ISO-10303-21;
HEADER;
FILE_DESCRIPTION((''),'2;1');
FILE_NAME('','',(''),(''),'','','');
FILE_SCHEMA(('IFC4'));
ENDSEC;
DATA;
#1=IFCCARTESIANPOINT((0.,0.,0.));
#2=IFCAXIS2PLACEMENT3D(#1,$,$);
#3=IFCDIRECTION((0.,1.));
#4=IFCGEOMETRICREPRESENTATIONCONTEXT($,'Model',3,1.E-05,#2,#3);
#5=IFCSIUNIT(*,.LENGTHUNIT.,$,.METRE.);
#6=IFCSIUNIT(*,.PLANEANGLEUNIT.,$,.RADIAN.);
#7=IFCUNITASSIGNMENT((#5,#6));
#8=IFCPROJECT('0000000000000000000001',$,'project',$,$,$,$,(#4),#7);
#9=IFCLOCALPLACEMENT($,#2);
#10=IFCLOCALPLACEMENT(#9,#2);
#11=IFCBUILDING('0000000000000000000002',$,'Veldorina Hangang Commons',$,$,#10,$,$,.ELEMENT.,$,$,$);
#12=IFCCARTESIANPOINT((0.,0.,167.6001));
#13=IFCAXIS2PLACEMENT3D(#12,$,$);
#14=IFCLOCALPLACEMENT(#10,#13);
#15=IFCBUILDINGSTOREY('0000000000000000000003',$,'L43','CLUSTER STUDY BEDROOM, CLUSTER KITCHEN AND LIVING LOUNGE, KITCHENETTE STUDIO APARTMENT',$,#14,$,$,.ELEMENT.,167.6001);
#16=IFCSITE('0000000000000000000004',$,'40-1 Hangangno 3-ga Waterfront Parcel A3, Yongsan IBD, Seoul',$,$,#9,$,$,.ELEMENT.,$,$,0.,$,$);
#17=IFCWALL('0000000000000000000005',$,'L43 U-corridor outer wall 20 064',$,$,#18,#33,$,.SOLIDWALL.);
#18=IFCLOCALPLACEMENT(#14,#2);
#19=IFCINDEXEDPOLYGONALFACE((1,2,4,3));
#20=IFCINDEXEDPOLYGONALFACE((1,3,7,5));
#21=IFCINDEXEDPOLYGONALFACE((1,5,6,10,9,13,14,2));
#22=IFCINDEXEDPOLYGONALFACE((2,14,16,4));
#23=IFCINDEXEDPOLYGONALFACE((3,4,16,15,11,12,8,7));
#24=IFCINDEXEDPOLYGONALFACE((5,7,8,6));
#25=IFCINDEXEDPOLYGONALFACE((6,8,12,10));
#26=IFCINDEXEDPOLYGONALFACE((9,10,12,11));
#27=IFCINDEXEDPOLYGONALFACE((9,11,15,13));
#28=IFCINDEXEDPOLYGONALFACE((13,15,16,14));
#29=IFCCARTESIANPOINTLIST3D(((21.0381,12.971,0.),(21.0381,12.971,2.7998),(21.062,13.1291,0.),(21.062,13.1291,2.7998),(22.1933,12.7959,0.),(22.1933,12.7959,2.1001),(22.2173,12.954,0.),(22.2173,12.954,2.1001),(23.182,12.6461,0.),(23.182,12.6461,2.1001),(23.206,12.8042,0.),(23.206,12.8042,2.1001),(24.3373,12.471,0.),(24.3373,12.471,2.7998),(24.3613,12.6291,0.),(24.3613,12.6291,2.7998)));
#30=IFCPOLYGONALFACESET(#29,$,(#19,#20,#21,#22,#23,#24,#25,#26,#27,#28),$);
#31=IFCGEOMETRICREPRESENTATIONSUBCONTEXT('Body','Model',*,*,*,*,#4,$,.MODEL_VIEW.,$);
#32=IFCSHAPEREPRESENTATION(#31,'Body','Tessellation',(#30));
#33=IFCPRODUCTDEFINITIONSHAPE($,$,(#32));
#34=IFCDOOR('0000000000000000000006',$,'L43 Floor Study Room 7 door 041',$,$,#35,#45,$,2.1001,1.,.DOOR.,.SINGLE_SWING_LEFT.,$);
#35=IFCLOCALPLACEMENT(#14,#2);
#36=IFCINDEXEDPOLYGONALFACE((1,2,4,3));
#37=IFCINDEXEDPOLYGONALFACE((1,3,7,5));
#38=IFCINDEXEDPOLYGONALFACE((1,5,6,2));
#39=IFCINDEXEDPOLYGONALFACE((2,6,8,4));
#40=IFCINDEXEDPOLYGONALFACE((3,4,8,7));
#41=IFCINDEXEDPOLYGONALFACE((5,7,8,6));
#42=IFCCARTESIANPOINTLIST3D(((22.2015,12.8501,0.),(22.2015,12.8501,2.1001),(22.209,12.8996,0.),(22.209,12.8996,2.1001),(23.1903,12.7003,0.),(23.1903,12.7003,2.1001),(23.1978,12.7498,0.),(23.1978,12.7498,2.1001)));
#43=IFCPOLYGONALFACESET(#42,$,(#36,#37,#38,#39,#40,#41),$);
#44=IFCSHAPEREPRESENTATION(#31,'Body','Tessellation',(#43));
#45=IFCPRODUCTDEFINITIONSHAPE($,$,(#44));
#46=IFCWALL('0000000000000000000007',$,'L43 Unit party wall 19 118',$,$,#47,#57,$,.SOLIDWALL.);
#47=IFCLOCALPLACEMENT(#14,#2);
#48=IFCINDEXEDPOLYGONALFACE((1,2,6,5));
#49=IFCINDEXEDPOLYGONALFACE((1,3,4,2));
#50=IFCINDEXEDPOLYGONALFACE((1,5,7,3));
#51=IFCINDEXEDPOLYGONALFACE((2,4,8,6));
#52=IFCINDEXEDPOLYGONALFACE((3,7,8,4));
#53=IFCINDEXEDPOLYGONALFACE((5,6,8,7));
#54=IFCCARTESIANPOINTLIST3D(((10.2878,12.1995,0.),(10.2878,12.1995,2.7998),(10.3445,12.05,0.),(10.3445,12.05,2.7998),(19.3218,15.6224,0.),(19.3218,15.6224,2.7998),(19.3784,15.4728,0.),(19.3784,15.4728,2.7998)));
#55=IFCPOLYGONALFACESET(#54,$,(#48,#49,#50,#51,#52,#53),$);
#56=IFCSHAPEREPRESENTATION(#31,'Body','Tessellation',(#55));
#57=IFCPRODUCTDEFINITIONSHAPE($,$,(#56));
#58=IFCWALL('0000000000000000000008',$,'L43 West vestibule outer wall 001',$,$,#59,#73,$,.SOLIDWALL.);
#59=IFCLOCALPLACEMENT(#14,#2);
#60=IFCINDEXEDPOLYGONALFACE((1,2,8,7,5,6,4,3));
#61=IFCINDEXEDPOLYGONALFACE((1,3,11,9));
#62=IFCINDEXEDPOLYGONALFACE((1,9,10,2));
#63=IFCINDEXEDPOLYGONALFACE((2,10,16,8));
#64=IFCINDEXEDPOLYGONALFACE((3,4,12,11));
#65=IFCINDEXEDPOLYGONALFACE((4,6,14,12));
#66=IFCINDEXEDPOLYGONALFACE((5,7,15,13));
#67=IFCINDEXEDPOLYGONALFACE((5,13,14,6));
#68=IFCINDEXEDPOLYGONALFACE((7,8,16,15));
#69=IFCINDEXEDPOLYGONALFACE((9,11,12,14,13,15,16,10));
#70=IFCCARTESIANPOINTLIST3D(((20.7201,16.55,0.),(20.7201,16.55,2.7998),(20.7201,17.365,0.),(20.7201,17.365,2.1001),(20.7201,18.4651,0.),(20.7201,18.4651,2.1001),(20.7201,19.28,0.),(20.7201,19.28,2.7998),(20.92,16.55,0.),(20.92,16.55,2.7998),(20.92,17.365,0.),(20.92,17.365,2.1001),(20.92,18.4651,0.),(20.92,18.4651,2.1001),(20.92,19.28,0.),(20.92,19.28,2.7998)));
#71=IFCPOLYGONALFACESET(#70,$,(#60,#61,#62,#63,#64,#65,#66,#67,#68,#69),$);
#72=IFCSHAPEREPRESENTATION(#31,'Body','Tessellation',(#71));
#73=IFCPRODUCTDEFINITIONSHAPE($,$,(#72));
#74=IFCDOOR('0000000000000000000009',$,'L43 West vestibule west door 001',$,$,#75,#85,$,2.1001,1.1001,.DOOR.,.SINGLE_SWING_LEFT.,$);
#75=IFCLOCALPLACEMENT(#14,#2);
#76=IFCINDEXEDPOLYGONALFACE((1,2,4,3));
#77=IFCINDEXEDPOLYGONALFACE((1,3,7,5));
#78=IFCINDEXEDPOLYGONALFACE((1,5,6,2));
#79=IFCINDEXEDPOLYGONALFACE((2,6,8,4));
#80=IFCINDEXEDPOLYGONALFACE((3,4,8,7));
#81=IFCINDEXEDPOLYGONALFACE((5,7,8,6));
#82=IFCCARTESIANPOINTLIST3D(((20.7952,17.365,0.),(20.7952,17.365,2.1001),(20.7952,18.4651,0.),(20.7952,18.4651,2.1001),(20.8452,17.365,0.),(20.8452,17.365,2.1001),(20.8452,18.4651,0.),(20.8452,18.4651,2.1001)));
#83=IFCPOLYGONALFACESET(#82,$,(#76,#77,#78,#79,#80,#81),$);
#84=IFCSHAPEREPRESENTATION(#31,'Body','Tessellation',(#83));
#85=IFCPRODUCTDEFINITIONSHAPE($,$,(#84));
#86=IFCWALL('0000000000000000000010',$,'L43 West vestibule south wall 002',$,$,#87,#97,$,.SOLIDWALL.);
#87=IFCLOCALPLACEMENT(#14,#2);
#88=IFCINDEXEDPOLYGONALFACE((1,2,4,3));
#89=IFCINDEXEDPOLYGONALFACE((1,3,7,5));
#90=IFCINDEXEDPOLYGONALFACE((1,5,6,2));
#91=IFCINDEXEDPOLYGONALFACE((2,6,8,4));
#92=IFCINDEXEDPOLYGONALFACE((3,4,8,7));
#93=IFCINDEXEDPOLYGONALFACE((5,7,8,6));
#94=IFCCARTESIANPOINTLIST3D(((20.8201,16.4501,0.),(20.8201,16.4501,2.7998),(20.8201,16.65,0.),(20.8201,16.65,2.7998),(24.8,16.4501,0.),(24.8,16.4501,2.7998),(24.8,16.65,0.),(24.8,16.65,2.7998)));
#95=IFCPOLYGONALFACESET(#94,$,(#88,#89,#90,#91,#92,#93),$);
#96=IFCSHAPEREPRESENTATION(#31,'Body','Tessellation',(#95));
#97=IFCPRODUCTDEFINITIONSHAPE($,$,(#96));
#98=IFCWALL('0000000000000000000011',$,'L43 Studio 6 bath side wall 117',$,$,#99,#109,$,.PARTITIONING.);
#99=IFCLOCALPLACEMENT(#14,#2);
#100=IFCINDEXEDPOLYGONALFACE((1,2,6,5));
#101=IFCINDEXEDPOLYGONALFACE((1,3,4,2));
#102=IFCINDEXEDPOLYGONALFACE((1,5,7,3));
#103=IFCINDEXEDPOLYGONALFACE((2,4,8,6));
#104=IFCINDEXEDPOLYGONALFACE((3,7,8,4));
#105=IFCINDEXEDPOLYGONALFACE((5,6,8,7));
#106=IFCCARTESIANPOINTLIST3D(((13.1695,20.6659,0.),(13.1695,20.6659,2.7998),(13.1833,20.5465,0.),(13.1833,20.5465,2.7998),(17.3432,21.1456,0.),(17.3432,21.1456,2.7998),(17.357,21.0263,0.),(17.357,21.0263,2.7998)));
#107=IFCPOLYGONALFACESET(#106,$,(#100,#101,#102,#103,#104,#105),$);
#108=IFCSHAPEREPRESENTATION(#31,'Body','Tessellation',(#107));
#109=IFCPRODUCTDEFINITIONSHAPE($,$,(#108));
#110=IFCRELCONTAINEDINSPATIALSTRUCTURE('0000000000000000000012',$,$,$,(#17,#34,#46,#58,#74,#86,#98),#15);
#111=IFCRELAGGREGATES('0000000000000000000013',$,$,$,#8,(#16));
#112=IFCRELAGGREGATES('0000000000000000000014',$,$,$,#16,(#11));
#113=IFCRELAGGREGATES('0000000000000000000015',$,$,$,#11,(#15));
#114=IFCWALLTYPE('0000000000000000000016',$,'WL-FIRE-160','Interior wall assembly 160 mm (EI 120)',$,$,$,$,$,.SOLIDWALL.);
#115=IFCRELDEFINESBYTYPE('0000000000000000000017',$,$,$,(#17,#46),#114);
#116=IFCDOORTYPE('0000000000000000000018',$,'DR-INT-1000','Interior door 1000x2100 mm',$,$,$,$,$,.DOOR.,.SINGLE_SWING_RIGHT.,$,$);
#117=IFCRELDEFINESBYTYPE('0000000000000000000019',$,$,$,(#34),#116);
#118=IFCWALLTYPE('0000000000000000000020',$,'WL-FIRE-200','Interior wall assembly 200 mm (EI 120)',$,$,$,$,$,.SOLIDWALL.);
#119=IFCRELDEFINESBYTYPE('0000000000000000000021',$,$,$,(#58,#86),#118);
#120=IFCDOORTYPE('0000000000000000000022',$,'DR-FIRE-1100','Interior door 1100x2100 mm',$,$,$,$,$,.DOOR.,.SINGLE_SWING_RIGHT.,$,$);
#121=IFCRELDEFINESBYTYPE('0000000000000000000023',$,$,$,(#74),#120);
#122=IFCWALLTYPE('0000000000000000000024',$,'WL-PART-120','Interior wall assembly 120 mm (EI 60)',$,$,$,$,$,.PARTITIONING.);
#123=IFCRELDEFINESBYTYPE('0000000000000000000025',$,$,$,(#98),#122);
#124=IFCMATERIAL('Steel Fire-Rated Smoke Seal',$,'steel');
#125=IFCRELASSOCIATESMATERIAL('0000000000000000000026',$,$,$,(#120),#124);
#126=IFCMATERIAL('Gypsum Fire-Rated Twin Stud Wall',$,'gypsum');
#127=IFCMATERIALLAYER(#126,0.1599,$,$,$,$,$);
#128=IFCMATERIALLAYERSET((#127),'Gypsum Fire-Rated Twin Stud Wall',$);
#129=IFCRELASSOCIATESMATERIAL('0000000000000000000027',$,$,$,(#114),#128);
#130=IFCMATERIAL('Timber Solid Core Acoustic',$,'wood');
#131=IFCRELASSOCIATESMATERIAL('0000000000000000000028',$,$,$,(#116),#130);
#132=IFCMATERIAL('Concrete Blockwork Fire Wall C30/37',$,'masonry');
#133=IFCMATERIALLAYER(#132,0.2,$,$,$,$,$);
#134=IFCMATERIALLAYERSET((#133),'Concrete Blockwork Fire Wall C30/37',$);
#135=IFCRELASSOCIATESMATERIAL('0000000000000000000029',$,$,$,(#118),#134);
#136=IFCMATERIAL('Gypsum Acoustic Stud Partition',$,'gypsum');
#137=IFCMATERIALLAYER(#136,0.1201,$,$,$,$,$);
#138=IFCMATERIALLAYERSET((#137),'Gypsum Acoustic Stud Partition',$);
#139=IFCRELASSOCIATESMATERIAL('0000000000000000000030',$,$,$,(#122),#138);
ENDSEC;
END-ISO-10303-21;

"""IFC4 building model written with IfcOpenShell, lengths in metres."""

from ifc_helpers import new_model, si_unit, direction, frame, frame_2d, origin, place, context, subcontext, project, spatial, rectangle, extrude, material, layer, layer_set, type_object, element, fill, save


model = new_model("IFC4")

# Units and contexts
model_context = context("Model", 3, precision=1e-05, world=origin(), true_north=direction((0.0, 1.0)))
body_context = subcontext(model_context, "Body", "Model", "MODEL_VIEW")
ifc_project = project(units=[si_unit("LENGTHUNIT", "METRE"), si_unit("PLANEANGLEUNIT", "RADIAN")], contexts=[model_context])

# Site, building, storey
site_placement = place(None, origin())
site = spatial("IfcSite", under=ifc_project, at=site_placement, Name="40-1 Hangangno 3-ga Waterfront Parcel A3, Yongsan IBD, Seoul", CompositionType="ELEMENT", RefElevation=0.0)
building_placement = place(site_placement, origin())
building = spatial("IfcBuilding", under=site, at=building_placement, Name="Veldorina Hangang Commons", CompositionType="ELEMENT")
storey_placement = place(building_placement, frame((0.0, 0.0, 167.6001)))
storey = spatial("IfcBuildingStorey", under=building, at=storey_placement, Name="L43", Description="CLUSTER STUDY BEDROOM, CLUSTER KITCHEN AND LIVING LOUNGE, KITCHENETTE STUDIO APARTMENT", CompositionType="ELEMENT", Elevation=167.6001)

# Shared definitions
ifc_material_1 = material(Name="Steel Fire-Rated Smoke Seal", Category="steel")
door_type_1 = type_object("IfcDoorType", Name="DR-FIRE-1100", Description="Interior door 1100x2100 mm", OperationType="SINGLE_SWING_RIGHT", PredefinedType="DOOR", material=ifc_material_1)
ifc_material_2 = material(Name="Gypsum Fire-Rated Twin Stud Wall", Category="gypsum")
ifc_layer_1 = layer(ifc_material_2, 0.1599)
ifc_layer_set_1 = layer_set([ifc_layer_1], Name="Gypsum Fire-Rated Twin Stud Wall")
wall_type_1 = type_object("IfcWallType", Name="WL-FIRE-160", Description="Interior wall assembly 160 mm (EI 120)", PredefinedType="SOLIDWALL", material=ifc_layer_set_1)

# Wall, opening, door
wall_1_placement = place(storey_placement, frame((21.05, 13.05, 0.0), z_axis=(0.0, 0.0, 1.0), x_axis=(0.988711, -0.149836, 0.0)))
wall_1 = element("IfcWall", 1, at=wall_1_placement, inside=storey, type_object=wall_type_1, Name="L43 U-corridor outer wall 20 064", PredefinedType="SOLIDWALL", context=body_context, shape_type="SweptSolid", body=[
    extrude(rectangle(XDim=3.3369, YDim=0.1599, at=frame_2d((1.6685, 0.0))), origin(), (0.0, 0.0, 1.0), 2.7998),
])
opening_1_placement = place(wall_1_placement, frame((1.1685, 0.0, 0.0)))
opening_1 = element("IfcOpeningElement", 2, at=opening_1_placement, cuts=wall_1, PredefinedType="OPENING", context=body_context, shape_type="SweptSolid", body=[
    extrude(rectangle(XDim=1.0, YDim=2.1001, at=frame_2d((0.5, 1.05))), frame((0.0, 0.0898, 0.0), z_axis=(0.0, -1.0, 0.0), x_axis=(1.0, 0.0, 0.0)), (0.0, 0.0, 1.0), 0.1799),
])
ifc_material_3 = material(Name="Timber Solid Core Acoustic", Category="wood")
door_type_2 = type_object("IfcDoorType", Name="DR-INT-1000", Description="Interior door 1000x2100 mm", OperationType="SINGLE_SWING_RIGHT", PredefinedType="DOOR", material=ifc_material_3)
door_1_placement = place(opening_1_placement, origin())
door_1 = element("IfcDoor", 3, at=door_1_placement, inside=storey, type_object=door_type_2, Name="L43 Floor Study Room 7 door 041", OperationType="SINGLE_SWING_LEFT", OverallHeight=2.1001, OverallWidth=1.0, PredefinedType="DOOR", context=body_context, shape_type="SweptSolid", body=[
    extrude(rectangle(XDim=1.0, YDim=2.1001, at=frame_2d((0.5, 1.05))), frame((0.0, 0.0249, 0.0), z_axis=(0.0, -1.0, 0.0), x_axis=(1.0, 0.0, 0.0)), (0.0, 0.0, 1.0), 0.05),
])
fill(opening_1, door_1)

# Wall
wall_2_placement = place(storey_placement, frame((19.3501, 15.5476, 0.0), z_axis=(0.0, 0.0, 1.0), x_axis=(-0.935128, -0.354309, 0.0)))
element("IfcWall", 4, at=wall_2_placement, inside=storey, type_object=wall_type_1, Name="L43 Unit party wall 19 118", PredefinedType="SOLIDWALL", context=body_context, shape_type="SweptSolid", body=[
    extrude(rectangle(XDim=9.6606, YDim=0.1599, at=frame_2d((4.8303, 0.0))), origin(), (0.0, 0.0, 1.0), 2.7998),
])

# Wall, opening, door
ifc_material_4 = material(Name="Concrete Blockwork Fire Wall C30/37", Category="masonry")
ifc_layer_2 = layer(ifc_material_4, 0.2)
ifc_layer_set_2 = layer_set([ifc_layer_2], Name="Concrete Blockwork Fire Wall C30/37")
wall_type_2 = type_object("IfcWallType", Name="WL-FIRE-200", Description="Interior wall assembly 200 mm (EI 120)", PredefinedType="SOLIDWALL", material=ifc_layer_set_2)
wall_3_placement = place(storey_placement, frame((20.8201, 16.55, 0.0), z_axis=(0.0, 0.0, 1.0), x_axis=(0.0, 1.0, 0.0)))
wall_3 = element("IfcWall", 5, at=wall_3_placement, inside=storey, type_object=wall_type_2, Name="L43 West vestibule outer wall 001", PredefinedType="SOLIDWALL", context=body_context, shape_type="SweptSolid", body=[
    extrude(rectangle(XDim=2.73, YDim=0.2, at=frame_2d((1.365, 0.0))), origin(), (0.0, 0.0, 1.0), 2.7998),
])
opening_2_placement = place(wall_3_placement, frame((0.8149, 0.0, 0.0)))
opening_2 = element("IfcOpeningElement", 6, at=opening_2_placement, cuts=wall_3, PredefinedType="OPENING", context=body_context, shape_type="SweptSolid", body=[
    extrude(rectangle(XDim=1.1001, YDim=2.1001, at=frame_2d((0.55, 1.05))), frame((0.0, 0.1099, 0.0), z_axis=(0.0, -1.0, 0.0), x_axis=(1.0, 0.0, 0.0)), (0.0, 0.0, 1.0), 0.22),
])
door_2_placement = place(opening_2_placement, origin())
door_2 = element("IfcDoor", 7, at=door_2_placement, inside=storey, type_object=door_type_1, Name="L43 West vestibule west door 001", OperationType="SINGLE_SWING_LEFT", OverallHeight=2.1001, OverallWidth=1.1001, PredefinedType="DOOR", context=body_context, shape_type="SweptSolid", body=[
    extrude(rectangle(XDim=1.1001, YDim=2.1001, at=frame_2d((0.55, 1.05))), frame((0.0, 0.0249, 0.0), z_axis=(0.0, -1.0, 0.0), x_axis=(1.0, 0.0, 0.0)), (0.0, 0.0, 1.0), 0.05),
])
fill(opening_2, door_2)

# Walls
wall_4_placement = place(storey_placement, frame((20.8201, 16.55, 0.0), z_axis=(0.0, 0.0, 1.0), x_axis=(1.0, 0.0, 0.0)))
element("IfcWall", 8, at=wall_4_placement, inside=storey, type_object=wall_type_2, Name="L43 West vestibule south wall 002", PredefinedType="SOLIDWALL", context=body_context, shape_type="SweptSolid", body=[
    extrude(rectangle(XDim=3.98, YDim=0.2, at=frame_2d((1.99, 0.0))), origin(), (0.0, 0.0, 1.0), 2.7998),
])
ifc_material_5 = material(Name="Gypsum Acoustic Stud Partition", Category="gypsum")
ifc_layer_3 = layer(ifc_material_5, 0.1201)
ifc_layer_set_3 = layer_set([ifc_layer_3], Name="Gypsum Acoustic Stud Partition")
wall_type_3 = type_object("IfcWallType", Name="WL-PART-120", Description="Interior wall assembly 120 mm (EI 60)", PredefinedType="PARTITIONING", material=ifc_layer_set_3)
wall_5_placement = place(storey_placement, frame((17.3501, 21.0859, 0.0), z_axis=(0.0, 0.0, 1.0), x_axis=(-0.993458, -0.114194, 0.0)))
element("IfcWall", 9, at=wall_5_placement, inside=storey, type_object=wall_type_3, Name="L43 Studio 6 bath side wall 117", PredefinedType="PARTITIONING", context=body_context, shape_type="SweptSolid", body=[
    extrude(rectangle(XDim=4.2012, YDim=0.1201, at=frame_2d((2.1006, 0.0))), origin(), (0.0, 0.0, 1.0), 2.7998),
])

save(model, "model.ifc")
